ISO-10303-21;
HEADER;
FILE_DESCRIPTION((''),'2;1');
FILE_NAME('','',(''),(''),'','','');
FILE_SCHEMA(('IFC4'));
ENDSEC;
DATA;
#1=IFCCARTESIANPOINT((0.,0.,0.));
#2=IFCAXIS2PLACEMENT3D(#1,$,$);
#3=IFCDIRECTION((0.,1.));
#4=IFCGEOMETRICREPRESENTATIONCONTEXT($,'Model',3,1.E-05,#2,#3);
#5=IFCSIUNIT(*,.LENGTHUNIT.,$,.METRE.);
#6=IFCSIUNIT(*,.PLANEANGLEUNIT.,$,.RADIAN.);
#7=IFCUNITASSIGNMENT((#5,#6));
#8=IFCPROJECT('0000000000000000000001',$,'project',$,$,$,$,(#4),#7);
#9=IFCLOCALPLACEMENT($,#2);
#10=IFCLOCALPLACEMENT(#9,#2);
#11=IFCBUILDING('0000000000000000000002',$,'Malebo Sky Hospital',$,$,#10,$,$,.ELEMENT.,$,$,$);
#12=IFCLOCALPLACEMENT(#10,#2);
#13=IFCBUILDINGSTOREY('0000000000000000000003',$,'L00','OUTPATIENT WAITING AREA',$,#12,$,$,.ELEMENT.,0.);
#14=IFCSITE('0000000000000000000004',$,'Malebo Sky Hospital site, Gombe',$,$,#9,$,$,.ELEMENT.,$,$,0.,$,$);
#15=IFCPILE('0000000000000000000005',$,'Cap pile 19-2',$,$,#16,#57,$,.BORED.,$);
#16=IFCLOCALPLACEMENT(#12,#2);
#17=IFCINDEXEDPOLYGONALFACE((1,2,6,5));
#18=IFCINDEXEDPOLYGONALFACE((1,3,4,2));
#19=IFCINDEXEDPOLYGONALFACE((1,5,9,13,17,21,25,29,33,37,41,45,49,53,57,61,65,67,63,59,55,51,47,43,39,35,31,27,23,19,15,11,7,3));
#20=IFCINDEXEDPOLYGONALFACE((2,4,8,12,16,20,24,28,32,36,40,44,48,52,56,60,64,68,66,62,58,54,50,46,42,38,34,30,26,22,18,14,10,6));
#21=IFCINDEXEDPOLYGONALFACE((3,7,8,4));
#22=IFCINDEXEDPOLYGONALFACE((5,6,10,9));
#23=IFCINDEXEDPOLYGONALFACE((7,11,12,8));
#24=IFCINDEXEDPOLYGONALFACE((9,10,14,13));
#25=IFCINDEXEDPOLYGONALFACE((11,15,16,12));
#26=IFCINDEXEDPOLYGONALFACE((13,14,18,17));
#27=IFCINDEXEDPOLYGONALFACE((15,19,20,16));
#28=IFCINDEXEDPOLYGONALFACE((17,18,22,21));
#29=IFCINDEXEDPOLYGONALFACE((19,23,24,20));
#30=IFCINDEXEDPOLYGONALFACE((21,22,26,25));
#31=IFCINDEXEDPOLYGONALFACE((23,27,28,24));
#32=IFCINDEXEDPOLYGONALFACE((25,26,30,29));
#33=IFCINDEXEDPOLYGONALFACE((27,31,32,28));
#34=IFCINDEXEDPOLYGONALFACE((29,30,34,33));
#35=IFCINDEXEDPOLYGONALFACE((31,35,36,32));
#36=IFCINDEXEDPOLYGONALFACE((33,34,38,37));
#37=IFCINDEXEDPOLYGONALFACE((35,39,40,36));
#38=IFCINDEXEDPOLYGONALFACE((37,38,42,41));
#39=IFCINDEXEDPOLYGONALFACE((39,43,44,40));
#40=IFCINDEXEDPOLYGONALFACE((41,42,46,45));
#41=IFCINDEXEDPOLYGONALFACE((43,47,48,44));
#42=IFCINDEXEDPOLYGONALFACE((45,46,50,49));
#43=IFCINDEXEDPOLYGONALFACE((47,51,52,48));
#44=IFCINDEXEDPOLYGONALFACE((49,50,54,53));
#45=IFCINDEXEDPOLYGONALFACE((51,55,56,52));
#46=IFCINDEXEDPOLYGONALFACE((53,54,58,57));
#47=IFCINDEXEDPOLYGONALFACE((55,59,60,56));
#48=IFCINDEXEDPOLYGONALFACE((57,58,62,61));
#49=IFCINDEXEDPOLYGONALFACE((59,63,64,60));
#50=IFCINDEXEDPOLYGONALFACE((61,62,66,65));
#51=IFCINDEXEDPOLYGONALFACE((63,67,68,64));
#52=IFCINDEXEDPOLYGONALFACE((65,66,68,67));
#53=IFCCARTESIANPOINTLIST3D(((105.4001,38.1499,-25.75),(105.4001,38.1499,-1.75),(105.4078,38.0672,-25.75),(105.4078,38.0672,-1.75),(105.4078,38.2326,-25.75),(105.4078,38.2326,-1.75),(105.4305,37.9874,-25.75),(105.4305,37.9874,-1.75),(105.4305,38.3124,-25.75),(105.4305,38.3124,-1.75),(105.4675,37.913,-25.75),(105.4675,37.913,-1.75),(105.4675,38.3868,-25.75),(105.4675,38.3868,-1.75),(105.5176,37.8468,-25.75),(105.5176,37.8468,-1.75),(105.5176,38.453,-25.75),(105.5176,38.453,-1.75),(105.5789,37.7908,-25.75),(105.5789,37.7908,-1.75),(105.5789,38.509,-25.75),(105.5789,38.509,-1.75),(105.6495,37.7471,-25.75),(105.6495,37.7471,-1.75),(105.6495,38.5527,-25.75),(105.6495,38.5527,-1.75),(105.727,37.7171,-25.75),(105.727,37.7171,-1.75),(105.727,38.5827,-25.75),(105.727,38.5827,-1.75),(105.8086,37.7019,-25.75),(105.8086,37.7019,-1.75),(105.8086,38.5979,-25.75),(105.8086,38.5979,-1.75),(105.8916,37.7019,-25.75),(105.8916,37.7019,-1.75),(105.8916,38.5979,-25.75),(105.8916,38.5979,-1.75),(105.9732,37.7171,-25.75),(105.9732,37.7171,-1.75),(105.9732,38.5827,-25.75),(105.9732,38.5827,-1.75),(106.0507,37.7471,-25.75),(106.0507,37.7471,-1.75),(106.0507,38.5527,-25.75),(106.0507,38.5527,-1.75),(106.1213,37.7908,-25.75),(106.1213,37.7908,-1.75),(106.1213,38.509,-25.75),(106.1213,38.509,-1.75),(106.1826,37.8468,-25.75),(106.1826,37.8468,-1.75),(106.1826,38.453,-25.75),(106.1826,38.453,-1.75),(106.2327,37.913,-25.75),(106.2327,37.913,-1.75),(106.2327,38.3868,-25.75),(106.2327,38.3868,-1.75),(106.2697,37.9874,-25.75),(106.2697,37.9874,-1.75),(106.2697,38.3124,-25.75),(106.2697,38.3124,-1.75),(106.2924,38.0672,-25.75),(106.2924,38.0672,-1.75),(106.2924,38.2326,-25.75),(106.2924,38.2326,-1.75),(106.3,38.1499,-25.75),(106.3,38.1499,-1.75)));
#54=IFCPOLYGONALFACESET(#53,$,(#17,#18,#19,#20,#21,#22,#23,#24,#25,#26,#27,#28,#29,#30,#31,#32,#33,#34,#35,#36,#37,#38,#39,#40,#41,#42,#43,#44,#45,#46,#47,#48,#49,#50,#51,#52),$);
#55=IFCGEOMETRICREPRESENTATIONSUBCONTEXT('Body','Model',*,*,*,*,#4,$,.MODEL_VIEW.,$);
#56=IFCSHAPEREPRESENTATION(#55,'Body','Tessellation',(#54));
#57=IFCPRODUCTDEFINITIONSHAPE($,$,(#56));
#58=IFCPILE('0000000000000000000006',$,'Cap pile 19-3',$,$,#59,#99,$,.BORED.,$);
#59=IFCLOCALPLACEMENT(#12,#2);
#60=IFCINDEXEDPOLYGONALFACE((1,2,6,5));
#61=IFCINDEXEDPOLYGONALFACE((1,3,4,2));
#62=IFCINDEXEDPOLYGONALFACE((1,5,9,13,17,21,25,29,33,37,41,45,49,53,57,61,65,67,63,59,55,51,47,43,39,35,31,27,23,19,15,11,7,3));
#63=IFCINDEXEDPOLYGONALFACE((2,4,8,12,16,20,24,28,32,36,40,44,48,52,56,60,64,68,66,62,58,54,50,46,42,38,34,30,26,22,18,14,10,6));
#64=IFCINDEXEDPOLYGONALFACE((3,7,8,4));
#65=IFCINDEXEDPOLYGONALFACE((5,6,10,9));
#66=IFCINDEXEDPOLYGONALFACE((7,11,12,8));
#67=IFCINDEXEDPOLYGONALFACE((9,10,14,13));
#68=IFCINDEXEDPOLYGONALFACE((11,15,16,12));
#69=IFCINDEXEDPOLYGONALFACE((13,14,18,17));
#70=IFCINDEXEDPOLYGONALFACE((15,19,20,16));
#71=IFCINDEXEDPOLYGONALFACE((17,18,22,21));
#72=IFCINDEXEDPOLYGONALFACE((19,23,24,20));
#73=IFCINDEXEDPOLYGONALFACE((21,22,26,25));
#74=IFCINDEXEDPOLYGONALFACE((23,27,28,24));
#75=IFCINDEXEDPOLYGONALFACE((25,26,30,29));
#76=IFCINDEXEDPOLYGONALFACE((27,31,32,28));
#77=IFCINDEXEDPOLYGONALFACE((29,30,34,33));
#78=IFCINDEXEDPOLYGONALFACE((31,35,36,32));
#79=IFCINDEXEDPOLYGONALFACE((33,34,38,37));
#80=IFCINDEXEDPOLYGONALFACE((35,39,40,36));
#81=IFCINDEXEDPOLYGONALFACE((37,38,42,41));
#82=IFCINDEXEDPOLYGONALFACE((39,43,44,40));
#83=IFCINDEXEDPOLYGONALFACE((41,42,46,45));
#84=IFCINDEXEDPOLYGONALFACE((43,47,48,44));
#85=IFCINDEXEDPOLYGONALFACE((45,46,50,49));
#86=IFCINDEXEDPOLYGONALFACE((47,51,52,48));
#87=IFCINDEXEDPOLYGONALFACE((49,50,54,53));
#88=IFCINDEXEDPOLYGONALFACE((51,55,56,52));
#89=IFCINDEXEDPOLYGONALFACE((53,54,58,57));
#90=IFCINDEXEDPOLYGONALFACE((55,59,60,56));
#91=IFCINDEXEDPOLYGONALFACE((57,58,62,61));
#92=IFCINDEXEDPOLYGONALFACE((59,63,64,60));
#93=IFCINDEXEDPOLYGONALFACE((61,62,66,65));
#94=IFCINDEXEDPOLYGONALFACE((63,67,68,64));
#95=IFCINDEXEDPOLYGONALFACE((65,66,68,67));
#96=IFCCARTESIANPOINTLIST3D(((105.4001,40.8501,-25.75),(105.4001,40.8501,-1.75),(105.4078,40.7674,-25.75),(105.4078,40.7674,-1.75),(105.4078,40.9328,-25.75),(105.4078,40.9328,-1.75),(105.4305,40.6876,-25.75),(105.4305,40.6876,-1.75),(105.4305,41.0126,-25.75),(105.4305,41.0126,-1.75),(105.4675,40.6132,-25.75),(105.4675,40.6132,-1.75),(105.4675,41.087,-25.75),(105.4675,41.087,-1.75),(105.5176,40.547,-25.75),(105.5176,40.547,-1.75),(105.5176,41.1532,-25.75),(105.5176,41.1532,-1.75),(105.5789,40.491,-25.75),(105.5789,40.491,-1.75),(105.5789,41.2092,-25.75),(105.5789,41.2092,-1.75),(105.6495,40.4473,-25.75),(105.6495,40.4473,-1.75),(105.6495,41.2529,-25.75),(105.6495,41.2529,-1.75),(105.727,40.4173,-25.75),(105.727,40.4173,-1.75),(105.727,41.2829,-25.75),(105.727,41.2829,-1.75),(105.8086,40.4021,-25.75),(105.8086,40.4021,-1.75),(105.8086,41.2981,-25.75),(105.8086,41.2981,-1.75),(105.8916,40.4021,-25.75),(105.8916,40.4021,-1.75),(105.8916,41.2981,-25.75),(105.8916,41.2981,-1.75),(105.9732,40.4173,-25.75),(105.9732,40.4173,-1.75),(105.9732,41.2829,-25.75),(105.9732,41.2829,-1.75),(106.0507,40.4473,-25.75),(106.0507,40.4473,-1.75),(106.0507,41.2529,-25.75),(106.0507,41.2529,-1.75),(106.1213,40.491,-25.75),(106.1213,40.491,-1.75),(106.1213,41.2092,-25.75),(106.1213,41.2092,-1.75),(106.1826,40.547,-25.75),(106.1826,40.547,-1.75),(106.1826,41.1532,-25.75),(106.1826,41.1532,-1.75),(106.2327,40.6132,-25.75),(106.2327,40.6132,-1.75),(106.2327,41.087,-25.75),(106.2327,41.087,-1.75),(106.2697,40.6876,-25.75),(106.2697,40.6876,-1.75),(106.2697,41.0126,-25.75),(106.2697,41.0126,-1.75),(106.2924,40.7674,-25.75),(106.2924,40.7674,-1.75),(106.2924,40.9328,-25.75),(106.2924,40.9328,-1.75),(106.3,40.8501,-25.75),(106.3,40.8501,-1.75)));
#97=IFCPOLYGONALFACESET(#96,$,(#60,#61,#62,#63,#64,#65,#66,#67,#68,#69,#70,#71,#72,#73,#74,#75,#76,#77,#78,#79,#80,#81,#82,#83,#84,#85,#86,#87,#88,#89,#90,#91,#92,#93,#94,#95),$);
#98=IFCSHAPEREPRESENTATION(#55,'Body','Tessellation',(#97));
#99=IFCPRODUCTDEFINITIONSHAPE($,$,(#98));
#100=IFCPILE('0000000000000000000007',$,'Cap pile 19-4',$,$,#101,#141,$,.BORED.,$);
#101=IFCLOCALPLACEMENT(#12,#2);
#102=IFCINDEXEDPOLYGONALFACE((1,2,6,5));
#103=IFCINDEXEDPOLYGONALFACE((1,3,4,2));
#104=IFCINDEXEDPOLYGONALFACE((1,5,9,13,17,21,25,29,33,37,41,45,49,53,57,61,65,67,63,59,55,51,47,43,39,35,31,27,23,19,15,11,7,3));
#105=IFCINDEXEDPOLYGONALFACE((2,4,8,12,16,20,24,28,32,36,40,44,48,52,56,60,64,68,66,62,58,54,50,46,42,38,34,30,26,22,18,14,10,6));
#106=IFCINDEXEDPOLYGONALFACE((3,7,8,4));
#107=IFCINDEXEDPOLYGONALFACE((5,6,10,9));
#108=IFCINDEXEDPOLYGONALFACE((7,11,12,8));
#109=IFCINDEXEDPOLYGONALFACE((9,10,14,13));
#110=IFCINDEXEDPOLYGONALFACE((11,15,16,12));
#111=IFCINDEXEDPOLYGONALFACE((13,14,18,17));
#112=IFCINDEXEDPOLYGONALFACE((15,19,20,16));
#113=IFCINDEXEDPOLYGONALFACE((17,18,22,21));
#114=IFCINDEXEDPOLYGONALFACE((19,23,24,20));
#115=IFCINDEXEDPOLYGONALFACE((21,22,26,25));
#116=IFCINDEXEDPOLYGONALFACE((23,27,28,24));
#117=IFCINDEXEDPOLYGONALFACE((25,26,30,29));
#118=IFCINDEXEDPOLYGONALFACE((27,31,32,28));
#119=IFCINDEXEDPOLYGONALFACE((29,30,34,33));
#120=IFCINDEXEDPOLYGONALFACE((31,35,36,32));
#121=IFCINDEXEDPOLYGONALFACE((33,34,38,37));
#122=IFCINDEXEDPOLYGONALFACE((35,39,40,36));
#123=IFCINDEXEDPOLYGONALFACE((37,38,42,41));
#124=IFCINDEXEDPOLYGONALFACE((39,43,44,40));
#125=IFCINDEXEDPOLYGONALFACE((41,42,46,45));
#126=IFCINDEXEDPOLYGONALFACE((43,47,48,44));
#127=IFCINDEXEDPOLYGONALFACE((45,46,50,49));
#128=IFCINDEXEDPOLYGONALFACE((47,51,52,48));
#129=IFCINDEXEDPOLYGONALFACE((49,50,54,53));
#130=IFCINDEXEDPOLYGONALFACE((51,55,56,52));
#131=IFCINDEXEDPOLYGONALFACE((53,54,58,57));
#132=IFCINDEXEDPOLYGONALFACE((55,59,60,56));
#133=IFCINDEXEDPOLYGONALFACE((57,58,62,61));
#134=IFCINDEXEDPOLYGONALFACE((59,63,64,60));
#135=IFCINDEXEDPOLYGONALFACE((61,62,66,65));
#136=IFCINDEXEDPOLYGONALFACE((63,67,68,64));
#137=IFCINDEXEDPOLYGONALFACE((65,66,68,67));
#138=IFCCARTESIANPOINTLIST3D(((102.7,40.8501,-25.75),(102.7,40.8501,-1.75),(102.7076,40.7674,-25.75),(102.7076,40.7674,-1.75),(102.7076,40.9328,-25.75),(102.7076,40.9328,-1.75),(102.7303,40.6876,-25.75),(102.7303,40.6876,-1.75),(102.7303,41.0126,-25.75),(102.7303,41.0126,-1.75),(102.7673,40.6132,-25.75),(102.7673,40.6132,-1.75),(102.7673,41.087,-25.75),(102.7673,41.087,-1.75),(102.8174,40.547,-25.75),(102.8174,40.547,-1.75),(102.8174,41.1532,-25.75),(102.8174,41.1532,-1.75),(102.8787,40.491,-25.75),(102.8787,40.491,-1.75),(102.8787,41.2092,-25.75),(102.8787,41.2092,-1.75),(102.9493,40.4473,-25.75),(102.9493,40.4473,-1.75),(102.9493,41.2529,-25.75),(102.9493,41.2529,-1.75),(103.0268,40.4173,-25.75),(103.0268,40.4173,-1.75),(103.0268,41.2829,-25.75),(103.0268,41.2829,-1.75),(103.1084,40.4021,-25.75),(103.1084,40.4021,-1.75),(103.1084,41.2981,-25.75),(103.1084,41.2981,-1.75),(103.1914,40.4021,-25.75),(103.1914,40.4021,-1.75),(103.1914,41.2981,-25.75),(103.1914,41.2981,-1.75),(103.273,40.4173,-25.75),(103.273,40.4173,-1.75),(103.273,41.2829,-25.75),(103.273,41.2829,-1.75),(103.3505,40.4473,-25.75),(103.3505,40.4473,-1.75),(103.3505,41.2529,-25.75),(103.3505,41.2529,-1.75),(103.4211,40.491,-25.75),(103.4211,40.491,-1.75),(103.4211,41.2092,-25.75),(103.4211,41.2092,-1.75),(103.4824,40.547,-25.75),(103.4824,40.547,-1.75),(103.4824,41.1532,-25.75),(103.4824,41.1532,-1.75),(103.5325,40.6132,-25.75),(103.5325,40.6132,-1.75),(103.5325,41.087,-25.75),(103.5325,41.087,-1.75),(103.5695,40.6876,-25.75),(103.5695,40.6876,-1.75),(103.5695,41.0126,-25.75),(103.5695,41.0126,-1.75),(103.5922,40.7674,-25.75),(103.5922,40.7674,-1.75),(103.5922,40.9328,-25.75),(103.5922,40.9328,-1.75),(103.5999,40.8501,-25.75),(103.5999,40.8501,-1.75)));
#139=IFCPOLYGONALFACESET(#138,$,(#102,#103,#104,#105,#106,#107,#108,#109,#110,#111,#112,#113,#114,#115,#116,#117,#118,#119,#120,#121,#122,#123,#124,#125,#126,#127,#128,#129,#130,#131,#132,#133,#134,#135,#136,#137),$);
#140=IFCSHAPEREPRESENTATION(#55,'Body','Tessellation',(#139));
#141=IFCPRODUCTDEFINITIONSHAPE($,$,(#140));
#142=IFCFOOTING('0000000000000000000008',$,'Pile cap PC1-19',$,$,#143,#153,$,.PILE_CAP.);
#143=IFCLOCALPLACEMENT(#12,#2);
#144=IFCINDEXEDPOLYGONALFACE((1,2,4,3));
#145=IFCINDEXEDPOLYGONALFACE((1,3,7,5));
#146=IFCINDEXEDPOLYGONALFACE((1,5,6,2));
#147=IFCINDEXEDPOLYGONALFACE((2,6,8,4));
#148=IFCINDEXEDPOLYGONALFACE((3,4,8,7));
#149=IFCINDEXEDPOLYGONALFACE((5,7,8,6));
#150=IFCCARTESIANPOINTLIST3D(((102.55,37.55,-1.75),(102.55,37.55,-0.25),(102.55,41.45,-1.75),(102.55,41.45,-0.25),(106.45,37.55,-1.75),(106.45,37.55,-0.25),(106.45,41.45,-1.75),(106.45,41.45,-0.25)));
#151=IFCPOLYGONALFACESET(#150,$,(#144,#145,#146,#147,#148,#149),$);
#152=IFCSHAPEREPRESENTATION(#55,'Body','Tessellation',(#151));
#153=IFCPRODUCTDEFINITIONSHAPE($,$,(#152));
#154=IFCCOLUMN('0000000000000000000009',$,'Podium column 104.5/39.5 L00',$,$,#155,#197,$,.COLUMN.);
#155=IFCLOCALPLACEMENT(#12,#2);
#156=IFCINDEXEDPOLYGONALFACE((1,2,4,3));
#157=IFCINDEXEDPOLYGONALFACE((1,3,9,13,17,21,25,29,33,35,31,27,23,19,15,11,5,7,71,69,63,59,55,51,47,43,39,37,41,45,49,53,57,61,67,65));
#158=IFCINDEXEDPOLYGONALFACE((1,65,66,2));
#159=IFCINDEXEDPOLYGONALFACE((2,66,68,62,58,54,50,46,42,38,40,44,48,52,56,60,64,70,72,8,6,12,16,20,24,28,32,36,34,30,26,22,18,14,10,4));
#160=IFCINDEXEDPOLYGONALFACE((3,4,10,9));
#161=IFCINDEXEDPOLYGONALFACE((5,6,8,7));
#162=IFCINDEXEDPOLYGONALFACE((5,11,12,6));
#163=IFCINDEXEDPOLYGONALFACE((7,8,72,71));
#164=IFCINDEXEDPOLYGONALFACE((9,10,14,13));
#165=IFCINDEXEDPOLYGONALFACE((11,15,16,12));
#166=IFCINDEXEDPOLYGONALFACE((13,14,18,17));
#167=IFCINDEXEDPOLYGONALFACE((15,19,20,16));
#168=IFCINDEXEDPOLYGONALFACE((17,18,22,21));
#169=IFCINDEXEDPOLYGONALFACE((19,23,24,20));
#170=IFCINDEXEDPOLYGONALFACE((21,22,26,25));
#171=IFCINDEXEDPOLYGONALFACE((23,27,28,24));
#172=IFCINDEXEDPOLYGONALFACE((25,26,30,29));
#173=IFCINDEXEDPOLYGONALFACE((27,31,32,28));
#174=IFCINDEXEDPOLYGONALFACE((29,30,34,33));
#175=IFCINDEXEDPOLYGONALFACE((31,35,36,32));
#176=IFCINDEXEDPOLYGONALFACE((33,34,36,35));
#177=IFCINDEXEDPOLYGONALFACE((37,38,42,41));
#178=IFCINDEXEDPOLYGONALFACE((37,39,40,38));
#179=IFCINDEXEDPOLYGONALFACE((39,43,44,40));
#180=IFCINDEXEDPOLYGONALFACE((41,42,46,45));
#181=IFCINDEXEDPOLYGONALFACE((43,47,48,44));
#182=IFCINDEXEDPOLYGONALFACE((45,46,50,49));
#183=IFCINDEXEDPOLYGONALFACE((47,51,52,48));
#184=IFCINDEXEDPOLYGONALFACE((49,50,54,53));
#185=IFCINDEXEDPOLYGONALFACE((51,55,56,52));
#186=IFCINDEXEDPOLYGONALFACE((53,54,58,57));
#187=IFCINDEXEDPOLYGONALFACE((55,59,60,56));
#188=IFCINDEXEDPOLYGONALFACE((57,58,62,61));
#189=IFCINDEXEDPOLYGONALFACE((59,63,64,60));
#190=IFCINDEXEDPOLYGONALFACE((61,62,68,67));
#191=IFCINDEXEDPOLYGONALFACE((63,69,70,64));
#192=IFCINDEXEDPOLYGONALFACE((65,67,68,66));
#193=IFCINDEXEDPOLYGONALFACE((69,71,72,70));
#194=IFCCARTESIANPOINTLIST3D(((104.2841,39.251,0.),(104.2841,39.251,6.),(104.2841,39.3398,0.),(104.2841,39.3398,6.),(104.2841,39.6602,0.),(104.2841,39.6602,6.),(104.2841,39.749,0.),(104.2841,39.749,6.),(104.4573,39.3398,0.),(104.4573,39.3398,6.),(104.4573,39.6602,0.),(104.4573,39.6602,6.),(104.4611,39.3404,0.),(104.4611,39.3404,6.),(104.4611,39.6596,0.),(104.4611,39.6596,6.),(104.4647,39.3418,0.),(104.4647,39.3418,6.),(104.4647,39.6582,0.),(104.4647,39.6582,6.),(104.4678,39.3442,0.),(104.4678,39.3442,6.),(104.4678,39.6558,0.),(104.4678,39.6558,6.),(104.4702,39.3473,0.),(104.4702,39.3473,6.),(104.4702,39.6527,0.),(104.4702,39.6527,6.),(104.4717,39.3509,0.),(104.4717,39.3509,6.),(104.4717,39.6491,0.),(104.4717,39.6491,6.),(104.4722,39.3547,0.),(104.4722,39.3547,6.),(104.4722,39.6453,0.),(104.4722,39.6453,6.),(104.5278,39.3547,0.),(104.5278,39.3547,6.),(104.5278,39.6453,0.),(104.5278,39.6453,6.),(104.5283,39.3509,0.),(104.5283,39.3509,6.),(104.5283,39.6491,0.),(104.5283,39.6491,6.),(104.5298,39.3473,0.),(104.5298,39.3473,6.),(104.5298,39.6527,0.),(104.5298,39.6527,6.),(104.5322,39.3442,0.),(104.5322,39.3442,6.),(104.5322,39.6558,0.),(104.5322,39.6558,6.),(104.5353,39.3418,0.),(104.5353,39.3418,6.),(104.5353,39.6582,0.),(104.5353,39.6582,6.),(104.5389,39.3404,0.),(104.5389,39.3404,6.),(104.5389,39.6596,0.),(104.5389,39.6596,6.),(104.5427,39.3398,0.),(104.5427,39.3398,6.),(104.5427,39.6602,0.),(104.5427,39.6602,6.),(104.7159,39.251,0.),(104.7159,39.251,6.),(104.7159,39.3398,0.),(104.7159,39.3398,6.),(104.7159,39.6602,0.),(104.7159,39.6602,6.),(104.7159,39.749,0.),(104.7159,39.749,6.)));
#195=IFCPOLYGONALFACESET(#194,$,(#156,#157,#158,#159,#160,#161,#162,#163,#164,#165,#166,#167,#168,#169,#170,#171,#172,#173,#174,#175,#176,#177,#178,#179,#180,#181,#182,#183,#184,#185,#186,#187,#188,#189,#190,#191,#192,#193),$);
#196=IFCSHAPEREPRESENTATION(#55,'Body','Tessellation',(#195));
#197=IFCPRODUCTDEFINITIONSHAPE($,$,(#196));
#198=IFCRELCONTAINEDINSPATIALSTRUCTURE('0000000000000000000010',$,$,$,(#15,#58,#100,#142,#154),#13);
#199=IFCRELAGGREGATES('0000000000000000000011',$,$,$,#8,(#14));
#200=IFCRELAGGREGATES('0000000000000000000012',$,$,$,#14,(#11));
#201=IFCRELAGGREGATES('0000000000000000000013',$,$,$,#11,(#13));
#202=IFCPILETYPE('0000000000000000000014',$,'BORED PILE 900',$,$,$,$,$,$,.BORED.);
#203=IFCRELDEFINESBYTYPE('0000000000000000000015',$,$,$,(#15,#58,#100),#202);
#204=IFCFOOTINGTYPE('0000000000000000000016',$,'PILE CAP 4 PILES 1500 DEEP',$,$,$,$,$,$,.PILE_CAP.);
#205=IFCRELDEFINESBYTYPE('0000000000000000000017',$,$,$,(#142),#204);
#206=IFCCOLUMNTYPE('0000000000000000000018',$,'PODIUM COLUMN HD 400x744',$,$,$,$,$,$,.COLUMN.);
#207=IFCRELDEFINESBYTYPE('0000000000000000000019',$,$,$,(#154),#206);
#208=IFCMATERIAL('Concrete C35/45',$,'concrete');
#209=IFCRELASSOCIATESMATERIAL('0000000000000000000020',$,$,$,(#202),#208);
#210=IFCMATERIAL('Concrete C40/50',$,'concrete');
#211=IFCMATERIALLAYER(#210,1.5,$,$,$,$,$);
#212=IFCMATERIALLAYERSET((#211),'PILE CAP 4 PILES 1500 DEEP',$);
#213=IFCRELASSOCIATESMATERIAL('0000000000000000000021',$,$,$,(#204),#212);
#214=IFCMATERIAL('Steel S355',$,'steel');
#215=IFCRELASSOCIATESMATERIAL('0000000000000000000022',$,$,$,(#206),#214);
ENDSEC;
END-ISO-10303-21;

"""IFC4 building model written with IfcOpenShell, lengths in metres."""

from ifc_helpers import new_model, si_unit, direction, frame, origin, origin_2d, place, context, subcontext, project, spatial, rectangle, circle, i_section, extrude, material, layer, layer_set, material_profile, profile_set, type_object, element, save


model = new_model("IFC4")

# Units and contexts
model_context = context("Model", 3, precision=1e-05, world=origin(), true_north=direction((0.0, 1.0)))
body_context = subcontext(model_context, "Body", "Model", "MODEL_VIEW")
ifc_project = project(units=[si_unit("LENGTHUNIT", "METRE"), si_unit("PLANEANGLEUNIT", "RADIAN")], contexts=[model_context])

# Site, building, storey
site_placement = place(None, origin())
site = spatial("IfcSite", under=ifc_project, at=site_placement, Name="Malebo Sky Hospital site, Gombe", CompositionType="ELEMENT", RefElevation=0.0)
building_placement = place(site_placement, origin())
building = spatial("IfcBuilding", under=site, at=building_placement, Name="Malebo Sky Hospital", CompositionType="ELEMENT")
storey_placement = place(building_placement, origin())
storey = spatial("IfcBuildingStorey", under=building, at=storey_placement, Name="L00", Description="OUTPATIENT WAITING AREA", CompositionType="ELEMENT", Elevation=0.0)

# Piles
ifc_material_1 = material(Name="Concrete C35/45", Category="concrete")
ifc_material_profile_1 = material_profile(ifc_material_1, circle(Radius=0.45, at=origin_2d()), Name="BP 900")
ifc_profile_set_1 = profile_set([ifc_material_profile_1], Name="Concrete C35/45")
pile_type = type_object("IfcPileType", Name="BORED PILE 900", PredefinedType="BORED", material=ifc_profile_set_1)
for number, where, z_axis, x_axis, name in (
    (1, (105.8501, 38.1499, -1.75), (0.0, 0.0, -1.0), (1.0, 0.0, 0.0), "Cap pile 19-2"),
    (2, (105.8501, 40.8501, -1.75), (0.0, 0.0, -1.0), (1.0, 0.0, 0.0), "Cap pile 19-3"),
    (3, (103.1499, 40.8501, -1.75), (0.0, 0.0, -1.0), (1.0, 0.0, 0.0), "Cap pile 19-4"),
):
    element("IfcPile", number, at=place(storey_placement, frame(where, z_axis=z_axis, x_axis=x_axis)), inside=storey, type_object=pile_type, Name=name, PredefinedType="BORED", context=body_context, shape_type="SweptSolid", body=[
        extrude(circle(Radius=0.45, at=origin_2d()), origin(), (0.0, 0.0, 1.0), 24.0),
    ])

# Footing
ifc_material_2 = material(Name="Concrete C40/50", Category="concrete")
ifc_layer_1 = layer(ifc_material_2, 1.5)
ifc_layer_set_1 = layer_set([ifc_layer_1], Name="PILE CAP 4 PILES 1500 DEEP")
footing_type = type_object("IfcFootingType", Name="PILE CAP 4 PILES 1500 DEEP", PredefinedType="PILE_CAP", material=ifc_layer_set_1)
footing_placement = place(storey_placement, frame((104.5, 39.5, -1.75), z_axis=(0.0, 0.0, 1.0), x_axis=(1.0, 0.0, 0.0)))
element("IfcFooting", 4, at=footing_placement, inside=storey, type_object=footing_type, Name="Pile cap PC1-19", PredefinedType="PILE_CAP", context=body_context, shape_type="SweptSolid", body=[
    extrude(rectangle(XDim=3.8999, YDim=3.8999, at=origin_2d()), origin(), (0.0, 0.0, 1.0), 1.5),
])

# Column
ifc_material_3 = material(Name="Steel S355", Category="steel")
ifc_material_profile_2 = material_profile(ifc_material_3, i_section(OverallWidth=0.4319, OverallDepth=0.498, WebThickness=0.0557, FlangeThickness=0.0889, FilletRadius=0.0149, at=origin_2d()), Name="HD 400x744")
ifc_profile_set_2 = profile_set([ifc_material_profile_2], Name="Steel S355")
column_type = type_object("IfcColumnType", Name="PODIUM COLUMN HD 400x744", PredefinedType="COLUMN", material=ifc_profile_set_2)
column_placement = place(storey_placement, frame((104.5, 39.5, 0.0), z_axis=(0.0, 0.0, 1.0), x_axis=(1.0, 0.0, 0.0)))
element("IfcColumn", 5, at=column_placement, inside=storey, type_object=column_type, Name="Podium column 104.5/39.5 L00", PredefinedType="COLUMN", context=body_context, shape_type="SweptSolid", body=[
    extrude(i_section(OverallWidth=0.4319, OverallDepth=0.498, WebThickness=0.0557, FlangeThickness=0.0889, FilletRadius=0.0149, at=origin_2d()), origin(), (0.0, 0.0, 1.0), 6.0),
])

save(model, "model.ifc")
